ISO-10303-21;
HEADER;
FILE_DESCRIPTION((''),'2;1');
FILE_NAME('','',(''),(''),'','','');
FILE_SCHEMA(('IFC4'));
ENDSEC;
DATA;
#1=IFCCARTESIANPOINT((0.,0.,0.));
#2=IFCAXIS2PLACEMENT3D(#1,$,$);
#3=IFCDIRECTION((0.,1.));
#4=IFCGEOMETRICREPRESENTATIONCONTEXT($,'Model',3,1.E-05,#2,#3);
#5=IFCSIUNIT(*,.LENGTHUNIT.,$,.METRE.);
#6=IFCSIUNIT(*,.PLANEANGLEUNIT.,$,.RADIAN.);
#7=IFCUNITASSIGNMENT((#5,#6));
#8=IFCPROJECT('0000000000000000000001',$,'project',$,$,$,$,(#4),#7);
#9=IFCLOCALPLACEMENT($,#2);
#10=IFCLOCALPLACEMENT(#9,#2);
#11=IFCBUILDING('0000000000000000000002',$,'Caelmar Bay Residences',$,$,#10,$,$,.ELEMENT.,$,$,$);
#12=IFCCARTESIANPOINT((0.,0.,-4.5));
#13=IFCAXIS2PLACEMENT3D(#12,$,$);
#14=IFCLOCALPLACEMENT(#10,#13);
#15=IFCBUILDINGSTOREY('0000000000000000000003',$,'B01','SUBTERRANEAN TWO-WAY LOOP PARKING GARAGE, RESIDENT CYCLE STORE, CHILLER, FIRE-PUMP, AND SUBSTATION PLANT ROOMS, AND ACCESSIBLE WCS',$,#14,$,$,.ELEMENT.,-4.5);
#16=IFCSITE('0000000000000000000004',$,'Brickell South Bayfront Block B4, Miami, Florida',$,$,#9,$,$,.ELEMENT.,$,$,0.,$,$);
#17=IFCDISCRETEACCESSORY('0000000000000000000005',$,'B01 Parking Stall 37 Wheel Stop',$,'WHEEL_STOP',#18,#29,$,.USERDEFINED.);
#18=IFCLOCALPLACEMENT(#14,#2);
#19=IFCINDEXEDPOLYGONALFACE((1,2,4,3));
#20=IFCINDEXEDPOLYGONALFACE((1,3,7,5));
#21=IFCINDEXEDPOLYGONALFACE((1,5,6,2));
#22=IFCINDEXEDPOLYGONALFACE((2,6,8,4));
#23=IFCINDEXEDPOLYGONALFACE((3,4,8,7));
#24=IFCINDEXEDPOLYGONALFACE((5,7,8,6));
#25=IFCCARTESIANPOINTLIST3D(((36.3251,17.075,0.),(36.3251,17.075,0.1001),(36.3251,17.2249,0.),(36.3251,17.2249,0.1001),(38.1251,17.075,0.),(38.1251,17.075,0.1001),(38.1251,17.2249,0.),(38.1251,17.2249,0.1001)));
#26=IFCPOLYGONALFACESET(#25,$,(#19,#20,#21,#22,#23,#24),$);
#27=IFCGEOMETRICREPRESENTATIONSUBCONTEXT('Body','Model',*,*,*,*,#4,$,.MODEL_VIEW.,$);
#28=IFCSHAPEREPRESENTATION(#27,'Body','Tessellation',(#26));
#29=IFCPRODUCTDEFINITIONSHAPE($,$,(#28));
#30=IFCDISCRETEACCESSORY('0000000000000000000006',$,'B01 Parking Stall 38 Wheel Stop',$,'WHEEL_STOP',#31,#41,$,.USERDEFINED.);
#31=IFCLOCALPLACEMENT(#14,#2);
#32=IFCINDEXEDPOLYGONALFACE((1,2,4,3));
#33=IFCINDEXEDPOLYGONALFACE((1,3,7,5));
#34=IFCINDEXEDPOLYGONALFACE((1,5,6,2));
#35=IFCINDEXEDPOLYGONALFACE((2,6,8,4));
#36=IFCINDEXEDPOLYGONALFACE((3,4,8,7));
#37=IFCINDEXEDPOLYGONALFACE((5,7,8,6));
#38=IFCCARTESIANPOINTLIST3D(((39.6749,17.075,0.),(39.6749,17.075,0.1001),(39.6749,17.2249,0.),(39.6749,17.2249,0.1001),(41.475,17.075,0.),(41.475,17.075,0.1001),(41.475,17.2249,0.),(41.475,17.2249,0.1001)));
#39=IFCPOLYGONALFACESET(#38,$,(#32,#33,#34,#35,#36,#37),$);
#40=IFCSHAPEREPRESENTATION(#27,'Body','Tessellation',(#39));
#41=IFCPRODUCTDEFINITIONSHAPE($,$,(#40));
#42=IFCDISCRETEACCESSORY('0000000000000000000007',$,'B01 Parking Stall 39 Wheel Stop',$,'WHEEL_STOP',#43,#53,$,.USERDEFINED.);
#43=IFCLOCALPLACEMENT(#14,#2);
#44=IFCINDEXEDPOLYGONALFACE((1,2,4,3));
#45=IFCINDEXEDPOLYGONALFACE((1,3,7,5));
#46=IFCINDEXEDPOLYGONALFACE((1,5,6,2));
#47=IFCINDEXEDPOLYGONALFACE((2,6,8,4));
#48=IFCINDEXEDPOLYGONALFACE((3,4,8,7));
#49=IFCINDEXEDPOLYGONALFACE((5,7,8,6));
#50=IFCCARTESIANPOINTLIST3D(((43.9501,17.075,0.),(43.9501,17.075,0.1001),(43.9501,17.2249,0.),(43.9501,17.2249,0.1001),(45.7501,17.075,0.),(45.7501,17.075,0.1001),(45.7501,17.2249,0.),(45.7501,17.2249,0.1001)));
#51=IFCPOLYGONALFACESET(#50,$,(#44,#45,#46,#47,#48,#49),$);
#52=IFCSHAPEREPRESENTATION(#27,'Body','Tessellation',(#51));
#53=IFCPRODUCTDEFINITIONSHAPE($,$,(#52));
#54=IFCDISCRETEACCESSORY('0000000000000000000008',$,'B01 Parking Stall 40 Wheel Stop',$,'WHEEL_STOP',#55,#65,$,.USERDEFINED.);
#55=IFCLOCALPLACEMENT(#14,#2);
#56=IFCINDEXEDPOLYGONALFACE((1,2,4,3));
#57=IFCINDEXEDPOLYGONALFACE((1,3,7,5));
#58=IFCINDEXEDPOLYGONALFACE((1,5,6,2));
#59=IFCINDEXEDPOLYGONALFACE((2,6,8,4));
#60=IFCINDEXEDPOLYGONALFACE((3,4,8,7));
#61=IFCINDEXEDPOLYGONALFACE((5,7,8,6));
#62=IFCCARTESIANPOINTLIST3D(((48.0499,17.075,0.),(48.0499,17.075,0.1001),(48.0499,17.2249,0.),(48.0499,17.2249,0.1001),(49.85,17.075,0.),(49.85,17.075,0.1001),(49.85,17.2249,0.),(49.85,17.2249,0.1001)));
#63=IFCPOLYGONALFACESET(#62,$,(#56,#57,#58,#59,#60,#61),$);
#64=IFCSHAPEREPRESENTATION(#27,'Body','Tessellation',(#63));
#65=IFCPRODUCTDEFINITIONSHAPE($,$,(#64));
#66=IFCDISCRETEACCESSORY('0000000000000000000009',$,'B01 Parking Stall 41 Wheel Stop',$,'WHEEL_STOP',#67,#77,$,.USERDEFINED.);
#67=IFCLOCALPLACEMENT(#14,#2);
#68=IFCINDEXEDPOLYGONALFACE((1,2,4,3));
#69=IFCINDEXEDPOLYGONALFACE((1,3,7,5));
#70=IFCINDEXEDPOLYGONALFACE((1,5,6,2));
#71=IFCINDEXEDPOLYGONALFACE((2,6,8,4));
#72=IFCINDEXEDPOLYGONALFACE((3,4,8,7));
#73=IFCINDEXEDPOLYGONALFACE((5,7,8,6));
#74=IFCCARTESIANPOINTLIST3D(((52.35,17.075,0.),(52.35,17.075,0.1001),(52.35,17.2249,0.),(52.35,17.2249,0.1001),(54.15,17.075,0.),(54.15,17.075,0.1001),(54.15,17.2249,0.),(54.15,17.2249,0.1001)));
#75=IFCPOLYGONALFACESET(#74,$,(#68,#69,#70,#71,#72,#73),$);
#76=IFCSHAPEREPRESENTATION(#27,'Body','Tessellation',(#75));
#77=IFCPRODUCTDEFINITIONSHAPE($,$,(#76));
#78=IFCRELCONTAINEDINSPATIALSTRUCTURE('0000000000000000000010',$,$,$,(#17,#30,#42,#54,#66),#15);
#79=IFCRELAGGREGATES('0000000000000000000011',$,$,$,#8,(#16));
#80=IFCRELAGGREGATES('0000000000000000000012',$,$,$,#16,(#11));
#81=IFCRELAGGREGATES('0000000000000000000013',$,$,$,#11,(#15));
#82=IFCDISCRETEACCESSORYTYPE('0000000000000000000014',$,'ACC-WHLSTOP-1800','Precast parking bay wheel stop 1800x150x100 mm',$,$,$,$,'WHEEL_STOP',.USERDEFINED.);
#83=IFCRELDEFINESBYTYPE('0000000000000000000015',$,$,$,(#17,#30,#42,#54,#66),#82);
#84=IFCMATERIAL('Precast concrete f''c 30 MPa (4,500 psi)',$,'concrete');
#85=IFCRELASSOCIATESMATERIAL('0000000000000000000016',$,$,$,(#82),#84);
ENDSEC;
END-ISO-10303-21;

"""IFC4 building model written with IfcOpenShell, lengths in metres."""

from ifc_helpers import new_model, si_unit, direction, frame, origin, origin_2d, place, context, subcontext, project, spatial, rectangle, extrude, material, type_object, element, save


model = new_model("IFC4")

# Units and contexts
model_context = context("Model", 3, precision=1e-05, world=origin(), true_north=direction((0.0, 1.0)))
body_context = subcontext(model_context, "Body", "Model", "MODEL_VIEW")
ifc_project = project(units=[si_unit("LENGTHUNIT", "METRE"), si_unit("PLANEANGLEUNIT", "RADIAN")], contexts=[model_context])

# Site, building, storey
site_placement = place(None, origin())
site = spatial("IfcSite", under=ifc_project, at=site_placement, Name="Brickell South Bayfront Block B4, Miami, Florida", CompositionType="ELEMENT", RefElevation=0.0)
building_placement = place(site_placement, origin())
building = spatial("IfcBuilding", under=site, at=building_placement, Name="Caelmar Bay Residences", CompositionType="ELEMENT")
storey_placement = place(building_placement, frame((0.0, 0.0, -4.5)))
storey = spatial("IfcBuildingStorey", under=building, at=storey_placement, Name="B01", Description="SUBTERRANEAN TWO-WAY LOOP PARKING GARAGE, RESIDENT CYCLE STORE, CHILLER, FIRE-PUMP, AND SUBSTATION PLANT ROOMS, AND ACCESSIBLE WCS", CompositionType="ELEMENT", Elevation=-4.5)

# Discrete accessories
ifc_material_1 = material(Name="Precast concrete f'c 30 MPa (4,500 psi)", Category="concrete")
discrete_accessory_type = type_object("IfcDiscreteAccessoryType", Name="ACC-WHLSTOP-1800", Description="Precast parking bay wheel stop 1800x150x100 mm", ElementType="WHEEL_STOP", PredefinedType="USERDEFINED", material=ifc_material_1)
for number, where, z_axis, x_axis, name in (
    (1, (37.2251, 17.1499, 0.0), (0.0, 0.0, 1.0), (1.0, 0.0, 0.0), "B01 Parking Stall 37 Wheel Stop"),
    (2, (40.575, 17.1499, 0.0), (0.0, 0.0, 1.0), (1.0, 0.0, 0.0), "B01 Parking Stall 38 Wheel Stop"),
    (3, (44.8501, 17.1499, 0.0), (0.0, 0.0, 1.0), (1.0, 0.0, 0.0), "B01 Parking Stall 39 Wheel Stop"),
    (4, (48.95, 17.1499, 0.0), (0.0, 0.0, 1.0), (1.0, 0.0, 0.0), "B01 Parking Stall 40 Wheel Stop"),
    (5, (53.25, 17.1499, 0.0), (0.0, 0.0, 1.0), (1.0, 0.0, 0.0), "B01 Parking Stall 41 Wheel Stop"),
):
    element("IfcDiscreteAccessory", number, at=place(storey_placement, frame(where, z_axis=z_axis, x_axis=x_axis)), inside=storey, type_object=discrete_accessory_type, Name=name, ObjectType="WHEEL_STOP", PredefinedType="USERDEFINED", context=body_context, shape_type="SweptSolid", body=[
        extrude(rectangle(XDim=1.8, YDim=0.1499, at=origin_2d()), origin(), (0.0, 0.0, 1.0), 0.1001),
    ])

save(model, "model.ifc")
